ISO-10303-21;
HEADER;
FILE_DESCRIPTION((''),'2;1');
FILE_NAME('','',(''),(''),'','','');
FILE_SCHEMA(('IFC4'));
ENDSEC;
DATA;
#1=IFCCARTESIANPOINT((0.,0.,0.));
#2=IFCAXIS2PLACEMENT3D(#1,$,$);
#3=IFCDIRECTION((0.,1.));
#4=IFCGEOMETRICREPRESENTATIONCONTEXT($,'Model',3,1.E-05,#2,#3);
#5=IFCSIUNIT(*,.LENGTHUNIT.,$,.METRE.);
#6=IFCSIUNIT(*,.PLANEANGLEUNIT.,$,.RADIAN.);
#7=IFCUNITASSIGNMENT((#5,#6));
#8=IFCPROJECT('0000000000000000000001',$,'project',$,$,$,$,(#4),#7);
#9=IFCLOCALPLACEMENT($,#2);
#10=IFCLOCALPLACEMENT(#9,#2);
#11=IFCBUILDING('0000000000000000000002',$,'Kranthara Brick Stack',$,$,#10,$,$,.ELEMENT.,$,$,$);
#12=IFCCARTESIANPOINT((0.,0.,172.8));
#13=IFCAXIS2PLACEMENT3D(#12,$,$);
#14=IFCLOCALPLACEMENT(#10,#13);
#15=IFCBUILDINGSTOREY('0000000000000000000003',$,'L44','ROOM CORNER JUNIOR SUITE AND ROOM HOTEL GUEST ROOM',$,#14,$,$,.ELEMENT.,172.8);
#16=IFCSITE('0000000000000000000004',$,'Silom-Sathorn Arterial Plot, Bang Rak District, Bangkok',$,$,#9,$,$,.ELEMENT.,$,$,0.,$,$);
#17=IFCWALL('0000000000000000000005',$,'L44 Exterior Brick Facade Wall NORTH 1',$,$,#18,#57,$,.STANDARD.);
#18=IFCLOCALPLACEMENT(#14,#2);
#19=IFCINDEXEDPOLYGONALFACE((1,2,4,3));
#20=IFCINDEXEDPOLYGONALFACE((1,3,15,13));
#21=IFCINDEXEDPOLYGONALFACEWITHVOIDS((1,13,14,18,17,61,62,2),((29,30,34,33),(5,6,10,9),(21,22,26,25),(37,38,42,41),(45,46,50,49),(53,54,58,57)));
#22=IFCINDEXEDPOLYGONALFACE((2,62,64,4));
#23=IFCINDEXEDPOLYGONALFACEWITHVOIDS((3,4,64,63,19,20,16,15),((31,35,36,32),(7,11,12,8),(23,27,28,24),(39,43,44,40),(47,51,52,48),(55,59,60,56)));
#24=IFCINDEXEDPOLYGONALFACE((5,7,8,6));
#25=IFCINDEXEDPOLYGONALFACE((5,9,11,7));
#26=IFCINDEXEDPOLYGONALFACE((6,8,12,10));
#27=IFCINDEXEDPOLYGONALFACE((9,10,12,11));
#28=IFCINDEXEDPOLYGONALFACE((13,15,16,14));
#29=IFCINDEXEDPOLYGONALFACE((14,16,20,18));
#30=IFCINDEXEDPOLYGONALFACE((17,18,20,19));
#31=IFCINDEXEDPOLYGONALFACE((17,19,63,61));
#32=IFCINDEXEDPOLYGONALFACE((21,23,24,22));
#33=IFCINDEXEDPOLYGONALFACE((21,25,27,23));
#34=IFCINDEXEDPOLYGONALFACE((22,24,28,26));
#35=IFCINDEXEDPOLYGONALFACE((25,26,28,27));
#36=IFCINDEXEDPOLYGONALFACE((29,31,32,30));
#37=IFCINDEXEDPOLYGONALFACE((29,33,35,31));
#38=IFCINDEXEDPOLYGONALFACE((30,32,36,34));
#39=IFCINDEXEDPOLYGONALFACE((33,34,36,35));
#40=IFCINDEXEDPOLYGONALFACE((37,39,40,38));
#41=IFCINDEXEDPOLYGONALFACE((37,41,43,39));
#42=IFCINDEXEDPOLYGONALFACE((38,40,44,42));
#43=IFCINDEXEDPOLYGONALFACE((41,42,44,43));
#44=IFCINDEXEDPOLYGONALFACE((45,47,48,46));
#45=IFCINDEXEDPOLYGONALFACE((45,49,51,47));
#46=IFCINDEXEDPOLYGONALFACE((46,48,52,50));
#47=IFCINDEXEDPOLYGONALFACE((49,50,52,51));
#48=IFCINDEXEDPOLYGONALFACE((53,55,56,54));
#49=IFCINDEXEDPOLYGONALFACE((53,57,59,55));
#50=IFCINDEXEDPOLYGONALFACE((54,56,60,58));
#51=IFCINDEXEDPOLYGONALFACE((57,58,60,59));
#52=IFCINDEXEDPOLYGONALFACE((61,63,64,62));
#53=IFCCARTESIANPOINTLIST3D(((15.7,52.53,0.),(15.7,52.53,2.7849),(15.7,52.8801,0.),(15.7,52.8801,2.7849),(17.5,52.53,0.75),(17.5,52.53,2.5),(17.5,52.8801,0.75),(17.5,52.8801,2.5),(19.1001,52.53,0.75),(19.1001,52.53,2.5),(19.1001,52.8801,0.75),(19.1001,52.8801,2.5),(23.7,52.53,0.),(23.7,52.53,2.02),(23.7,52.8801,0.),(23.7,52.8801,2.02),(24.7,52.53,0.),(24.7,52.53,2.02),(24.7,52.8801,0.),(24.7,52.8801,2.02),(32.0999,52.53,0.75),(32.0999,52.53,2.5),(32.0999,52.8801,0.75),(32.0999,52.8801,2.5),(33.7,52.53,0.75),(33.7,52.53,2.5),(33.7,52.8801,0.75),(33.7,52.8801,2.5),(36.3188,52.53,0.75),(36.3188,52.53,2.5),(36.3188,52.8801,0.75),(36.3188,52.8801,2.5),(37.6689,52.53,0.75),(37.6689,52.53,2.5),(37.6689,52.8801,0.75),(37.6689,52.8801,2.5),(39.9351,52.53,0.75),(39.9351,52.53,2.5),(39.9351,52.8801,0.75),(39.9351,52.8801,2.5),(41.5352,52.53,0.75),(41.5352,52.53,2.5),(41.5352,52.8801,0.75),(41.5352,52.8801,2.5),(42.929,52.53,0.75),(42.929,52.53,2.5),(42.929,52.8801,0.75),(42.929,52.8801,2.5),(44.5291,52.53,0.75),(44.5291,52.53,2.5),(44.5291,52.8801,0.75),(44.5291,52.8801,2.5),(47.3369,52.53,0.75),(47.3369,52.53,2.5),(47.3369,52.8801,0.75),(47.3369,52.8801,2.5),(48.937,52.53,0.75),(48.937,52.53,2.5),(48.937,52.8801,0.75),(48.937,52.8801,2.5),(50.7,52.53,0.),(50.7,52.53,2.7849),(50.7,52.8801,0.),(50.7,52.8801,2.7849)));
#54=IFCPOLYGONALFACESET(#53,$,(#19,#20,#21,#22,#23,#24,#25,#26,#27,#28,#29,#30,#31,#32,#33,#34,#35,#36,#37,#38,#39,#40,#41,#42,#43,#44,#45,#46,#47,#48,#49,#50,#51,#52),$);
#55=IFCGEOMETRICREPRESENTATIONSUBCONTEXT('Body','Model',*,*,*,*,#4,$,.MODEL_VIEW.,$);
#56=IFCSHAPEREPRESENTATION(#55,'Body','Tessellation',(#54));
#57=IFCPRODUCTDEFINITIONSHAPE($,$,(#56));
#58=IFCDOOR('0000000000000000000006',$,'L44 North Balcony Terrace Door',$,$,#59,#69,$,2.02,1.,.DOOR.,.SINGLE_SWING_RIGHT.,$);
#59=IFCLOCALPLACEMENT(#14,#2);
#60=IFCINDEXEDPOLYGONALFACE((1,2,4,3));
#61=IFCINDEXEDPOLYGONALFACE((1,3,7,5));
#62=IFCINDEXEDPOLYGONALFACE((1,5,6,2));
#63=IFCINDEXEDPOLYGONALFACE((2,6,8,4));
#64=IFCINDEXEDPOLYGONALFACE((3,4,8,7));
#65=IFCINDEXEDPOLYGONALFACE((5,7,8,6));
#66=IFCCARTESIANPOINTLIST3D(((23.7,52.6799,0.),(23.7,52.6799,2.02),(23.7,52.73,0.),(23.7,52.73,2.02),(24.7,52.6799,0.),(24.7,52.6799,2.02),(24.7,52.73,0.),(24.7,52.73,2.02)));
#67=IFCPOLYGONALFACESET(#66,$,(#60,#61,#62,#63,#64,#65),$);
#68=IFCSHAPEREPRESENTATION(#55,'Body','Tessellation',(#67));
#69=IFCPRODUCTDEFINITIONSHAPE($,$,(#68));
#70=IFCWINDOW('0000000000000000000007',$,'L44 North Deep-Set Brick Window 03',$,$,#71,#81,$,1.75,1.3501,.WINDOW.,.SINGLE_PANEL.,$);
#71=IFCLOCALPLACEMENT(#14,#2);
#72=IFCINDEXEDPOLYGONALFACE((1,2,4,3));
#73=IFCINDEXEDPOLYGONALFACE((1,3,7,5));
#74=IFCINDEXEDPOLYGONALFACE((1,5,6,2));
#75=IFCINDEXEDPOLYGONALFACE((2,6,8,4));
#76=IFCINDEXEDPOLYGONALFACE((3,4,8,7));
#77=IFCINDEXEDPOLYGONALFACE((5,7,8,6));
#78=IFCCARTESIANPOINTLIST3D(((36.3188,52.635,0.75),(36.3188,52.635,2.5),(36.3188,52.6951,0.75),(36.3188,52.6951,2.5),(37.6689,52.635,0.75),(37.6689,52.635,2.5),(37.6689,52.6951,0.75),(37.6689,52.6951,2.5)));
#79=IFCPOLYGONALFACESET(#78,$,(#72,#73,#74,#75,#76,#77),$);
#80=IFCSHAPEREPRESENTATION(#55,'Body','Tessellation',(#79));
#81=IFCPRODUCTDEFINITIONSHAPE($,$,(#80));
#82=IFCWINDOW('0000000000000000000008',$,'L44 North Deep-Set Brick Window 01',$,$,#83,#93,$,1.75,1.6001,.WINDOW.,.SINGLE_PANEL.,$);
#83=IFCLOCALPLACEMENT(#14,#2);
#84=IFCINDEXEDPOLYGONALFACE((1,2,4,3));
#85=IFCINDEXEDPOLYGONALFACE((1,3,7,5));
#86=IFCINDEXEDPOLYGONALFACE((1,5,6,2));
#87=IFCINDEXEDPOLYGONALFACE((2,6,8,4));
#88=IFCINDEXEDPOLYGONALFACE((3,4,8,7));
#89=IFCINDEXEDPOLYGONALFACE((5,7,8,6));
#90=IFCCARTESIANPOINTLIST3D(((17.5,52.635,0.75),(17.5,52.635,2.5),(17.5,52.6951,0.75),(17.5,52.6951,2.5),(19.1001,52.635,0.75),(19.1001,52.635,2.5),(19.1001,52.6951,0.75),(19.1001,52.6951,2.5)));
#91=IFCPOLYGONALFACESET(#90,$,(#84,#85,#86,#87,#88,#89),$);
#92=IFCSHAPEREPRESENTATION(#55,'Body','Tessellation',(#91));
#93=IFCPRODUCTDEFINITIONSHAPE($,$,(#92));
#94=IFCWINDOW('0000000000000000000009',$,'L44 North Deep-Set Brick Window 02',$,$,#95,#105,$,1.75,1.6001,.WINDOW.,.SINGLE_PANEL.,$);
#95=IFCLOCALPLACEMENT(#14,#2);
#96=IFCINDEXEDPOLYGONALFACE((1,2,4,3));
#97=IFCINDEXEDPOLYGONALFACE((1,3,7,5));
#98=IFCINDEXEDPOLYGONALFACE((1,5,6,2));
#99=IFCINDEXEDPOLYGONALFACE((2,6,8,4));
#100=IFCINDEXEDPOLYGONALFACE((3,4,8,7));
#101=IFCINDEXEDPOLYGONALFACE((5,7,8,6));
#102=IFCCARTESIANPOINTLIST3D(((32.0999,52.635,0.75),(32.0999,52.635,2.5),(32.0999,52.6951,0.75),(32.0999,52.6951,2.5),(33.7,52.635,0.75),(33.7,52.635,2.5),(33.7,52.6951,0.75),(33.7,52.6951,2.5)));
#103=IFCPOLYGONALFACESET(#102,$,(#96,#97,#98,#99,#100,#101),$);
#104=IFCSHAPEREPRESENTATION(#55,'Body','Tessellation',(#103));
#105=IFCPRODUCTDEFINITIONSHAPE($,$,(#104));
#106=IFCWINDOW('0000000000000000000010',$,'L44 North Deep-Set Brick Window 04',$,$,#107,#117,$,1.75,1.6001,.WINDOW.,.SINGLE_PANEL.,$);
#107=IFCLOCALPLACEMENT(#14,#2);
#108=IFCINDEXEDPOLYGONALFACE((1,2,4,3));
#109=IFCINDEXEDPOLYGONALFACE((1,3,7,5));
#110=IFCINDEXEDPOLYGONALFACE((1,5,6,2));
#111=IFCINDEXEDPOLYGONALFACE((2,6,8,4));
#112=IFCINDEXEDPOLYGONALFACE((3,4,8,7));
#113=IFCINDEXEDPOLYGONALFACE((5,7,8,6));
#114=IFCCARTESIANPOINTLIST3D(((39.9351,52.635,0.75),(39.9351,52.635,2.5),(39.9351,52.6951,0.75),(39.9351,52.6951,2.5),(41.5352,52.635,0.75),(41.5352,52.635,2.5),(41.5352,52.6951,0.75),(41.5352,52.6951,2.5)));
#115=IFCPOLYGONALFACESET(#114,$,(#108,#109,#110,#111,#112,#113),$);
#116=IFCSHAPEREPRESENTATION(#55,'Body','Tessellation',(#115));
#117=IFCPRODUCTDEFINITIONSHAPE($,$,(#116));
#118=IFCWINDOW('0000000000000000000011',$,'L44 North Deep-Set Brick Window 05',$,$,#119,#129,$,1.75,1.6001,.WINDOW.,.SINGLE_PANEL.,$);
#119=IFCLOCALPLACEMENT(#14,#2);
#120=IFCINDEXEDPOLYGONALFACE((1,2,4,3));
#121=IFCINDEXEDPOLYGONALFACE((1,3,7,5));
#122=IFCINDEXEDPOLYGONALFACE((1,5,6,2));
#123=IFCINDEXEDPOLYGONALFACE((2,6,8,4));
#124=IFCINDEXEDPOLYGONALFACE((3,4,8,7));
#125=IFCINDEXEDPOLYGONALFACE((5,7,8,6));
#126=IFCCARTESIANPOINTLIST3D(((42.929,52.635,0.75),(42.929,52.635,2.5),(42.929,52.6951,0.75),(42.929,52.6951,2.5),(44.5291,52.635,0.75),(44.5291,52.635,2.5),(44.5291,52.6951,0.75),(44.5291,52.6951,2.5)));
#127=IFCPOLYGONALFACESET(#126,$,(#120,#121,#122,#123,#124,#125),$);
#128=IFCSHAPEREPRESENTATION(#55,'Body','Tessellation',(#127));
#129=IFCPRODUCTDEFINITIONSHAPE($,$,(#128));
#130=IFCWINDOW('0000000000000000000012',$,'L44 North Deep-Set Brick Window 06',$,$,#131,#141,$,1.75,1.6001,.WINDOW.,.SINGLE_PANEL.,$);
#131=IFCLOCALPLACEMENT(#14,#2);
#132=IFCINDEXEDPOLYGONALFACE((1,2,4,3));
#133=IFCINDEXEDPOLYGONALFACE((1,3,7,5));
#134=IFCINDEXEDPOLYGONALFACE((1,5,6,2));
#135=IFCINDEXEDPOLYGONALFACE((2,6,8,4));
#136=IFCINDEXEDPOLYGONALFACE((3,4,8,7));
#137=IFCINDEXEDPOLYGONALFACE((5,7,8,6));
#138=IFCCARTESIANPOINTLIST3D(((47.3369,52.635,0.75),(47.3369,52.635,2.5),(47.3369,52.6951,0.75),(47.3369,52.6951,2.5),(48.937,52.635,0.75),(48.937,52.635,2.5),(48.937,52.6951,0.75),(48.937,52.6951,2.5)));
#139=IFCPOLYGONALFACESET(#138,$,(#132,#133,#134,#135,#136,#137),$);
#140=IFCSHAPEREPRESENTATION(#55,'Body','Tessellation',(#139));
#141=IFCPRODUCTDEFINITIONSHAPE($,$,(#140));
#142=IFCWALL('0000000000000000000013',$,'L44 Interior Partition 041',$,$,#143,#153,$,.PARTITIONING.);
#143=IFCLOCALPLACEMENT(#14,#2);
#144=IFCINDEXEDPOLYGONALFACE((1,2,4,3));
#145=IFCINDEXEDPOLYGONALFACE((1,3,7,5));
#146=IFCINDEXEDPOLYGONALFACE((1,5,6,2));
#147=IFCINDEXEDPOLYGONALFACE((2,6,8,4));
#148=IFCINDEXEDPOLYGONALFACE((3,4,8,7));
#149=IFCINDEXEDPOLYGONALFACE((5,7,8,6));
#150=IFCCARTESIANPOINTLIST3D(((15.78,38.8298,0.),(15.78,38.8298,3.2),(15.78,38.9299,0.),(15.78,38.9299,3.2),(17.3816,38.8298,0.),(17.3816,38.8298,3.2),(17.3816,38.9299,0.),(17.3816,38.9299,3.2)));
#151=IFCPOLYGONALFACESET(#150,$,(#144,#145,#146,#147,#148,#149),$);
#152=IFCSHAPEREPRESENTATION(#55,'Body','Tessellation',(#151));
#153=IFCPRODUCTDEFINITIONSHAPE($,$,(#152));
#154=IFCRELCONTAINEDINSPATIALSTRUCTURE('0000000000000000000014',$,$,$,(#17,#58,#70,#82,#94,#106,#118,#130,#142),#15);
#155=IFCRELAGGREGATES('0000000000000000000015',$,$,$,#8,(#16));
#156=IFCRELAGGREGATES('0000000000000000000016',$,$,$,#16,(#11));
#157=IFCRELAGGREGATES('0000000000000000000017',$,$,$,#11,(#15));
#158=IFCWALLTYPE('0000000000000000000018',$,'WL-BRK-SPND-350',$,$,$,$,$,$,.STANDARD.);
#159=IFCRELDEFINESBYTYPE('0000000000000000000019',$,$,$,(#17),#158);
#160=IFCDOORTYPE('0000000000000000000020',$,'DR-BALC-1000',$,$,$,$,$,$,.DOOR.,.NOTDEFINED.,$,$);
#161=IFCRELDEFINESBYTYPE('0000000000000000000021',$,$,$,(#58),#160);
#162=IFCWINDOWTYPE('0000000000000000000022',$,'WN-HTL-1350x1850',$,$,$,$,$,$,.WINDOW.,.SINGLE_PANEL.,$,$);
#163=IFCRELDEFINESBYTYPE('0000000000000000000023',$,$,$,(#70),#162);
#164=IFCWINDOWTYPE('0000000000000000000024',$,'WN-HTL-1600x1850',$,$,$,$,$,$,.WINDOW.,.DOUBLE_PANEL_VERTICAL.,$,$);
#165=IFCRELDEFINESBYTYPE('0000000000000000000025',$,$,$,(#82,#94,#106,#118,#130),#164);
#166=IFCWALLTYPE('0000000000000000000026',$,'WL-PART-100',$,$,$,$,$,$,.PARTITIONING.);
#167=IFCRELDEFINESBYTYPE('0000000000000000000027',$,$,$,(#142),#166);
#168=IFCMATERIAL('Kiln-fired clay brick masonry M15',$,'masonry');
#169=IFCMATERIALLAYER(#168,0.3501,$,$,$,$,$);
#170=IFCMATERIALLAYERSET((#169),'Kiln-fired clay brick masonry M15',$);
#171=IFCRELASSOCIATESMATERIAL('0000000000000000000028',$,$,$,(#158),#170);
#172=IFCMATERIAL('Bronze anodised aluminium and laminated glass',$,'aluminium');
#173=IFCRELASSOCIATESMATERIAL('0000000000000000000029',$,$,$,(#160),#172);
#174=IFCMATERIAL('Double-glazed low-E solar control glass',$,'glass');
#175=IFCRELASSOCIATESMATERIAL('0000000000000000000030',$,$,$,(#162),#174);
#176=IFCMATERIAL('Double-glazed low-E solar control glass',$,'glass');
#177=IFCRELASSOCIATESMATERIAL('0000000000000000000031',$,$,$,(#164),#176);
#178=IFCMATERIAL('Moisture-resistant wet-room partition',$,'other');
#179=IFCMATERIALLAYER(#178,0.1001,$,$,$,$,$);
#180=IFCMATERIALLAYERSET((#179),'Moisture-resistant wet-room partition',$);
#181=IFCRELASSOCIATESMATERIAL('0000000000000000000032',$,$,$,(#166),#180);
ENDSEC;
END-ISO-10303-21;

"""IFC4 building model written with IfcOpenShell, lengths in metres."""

from ifc_helpers import new_model, si_unit, direction, frame, frame_2d, origin, place, context, subcontext, project, spatial, rectangle, extrude, material, layer, layer_set, type_object, element, fill, save


model = new_model("IFC4")

# Units and contexts
model_context = context("Model", 3, precision=1e-05, world=origin(), true_north=direction((0.0, 1.0)))
body_context = subcontext(model_context, "Body", "Model", "MODEL_VIEW")
ifc_project = project(units=[si_unit("LENGTHUNIT", "METRE"), si_unit("PLANEANGLEUNIT", "RADIAN")], contexts=[model_context])

# Site, building, storey
site_placement = place(None, origin())
site = spatial("IfcSite", under=ifc_project, at=site_placement, Name="Silom-Sathorn Arterial Plot, Bang Rak District, Bangkok", CompositionType="ELEMENT", RefElevation=0.0)
building_placement = place(site_placement, origin())
building = spatial("IfcBuilding", under=site, at=building_placement, Name="Kranthara Brick Stack", CompositionType="ELEMENT")
storey_placement = place(building_placement, frame((0.0, 0.0, 172.8)))
storey = spatial("IfcBuildingStorey", under=building, at=storey_placement, Name="L44", Description="ROOM CORNER JUNIOR SUITE AND ROOM HOTEL GUEST ROOM", CompositionType="ELEMENT", Elevation=172.8)

# Shared definitions
ifc_material_1 = material(Name="Kiln-fired clay brick masonry M15", Category="masonry")
ifc_layer_1 = layer(ifc_material_1, 0.3501)
ifc_layer_set_1 = layer_set([ifc_layer_1], Name="Kiln-fired clay brick masonry M15")
wall_type_1 = type_object("IfcWallType", Name="WL-BRK-SPND-350", PredefinedType="STANDARD", material=ifc_layer_set_1)

# Wall, openings, door, windows
wall_1_placement = place(storey_placement, frame((15.7, 52.7051, 0.0), z_axis=(0.0, 0.0, 1.0), x_axis=(1.0, 0.0, 0.0)))
wall_1 = element("IfcWall", 1, at=wall_1_placement, inside=storey, type_object=wall_type_1, Name="L44 Exterior Brick Facade Wall NORTH 1", PredefinedType="STANDARD", context=body_context, shape_type="SweptSolid", body=[
    extrude(rectangle(XDim=35.0, YDim=0.3501, at=frame_2d((17.5, 0.0))), origin(), (0.0, 0.0, 1.0), 2.7849),
])
opening_1_placement = place(wall_1_placement, frame((8.0, 0.0, 0.0)))
opening_1 = element("IfcOpeningElement", 2, at=opening_1_placement, cuts=wall_1, PredefinedType="OPENING", context=body_context, shape_type="SweptSolid", body=[
    extrude(rectangle(XDim=1.0, YDim=2.02, at=frame_2d((0.5, 1.01))), frame((0.0, 0.1851, 0.0), z_axis=(0.0, -1.0, 0.0), x_axis=(1.0, 0.0, 0.0)), (0.0, 0.0, 1.0), 0.3701),
])
opening_2_placement = place(wall_1_placement, frame((1.8, 0.0, 0.75)))
opening_2 = element("IfcOpeningElement", 3, at=opening_2_placement, cuts=wall_1, PredefinedType="OPENING", context=body_context, shape_type="SweptSolid", body=[
    extrude(rectangle(XDim=1.6001, YDim=1.75, at=frame_2d((0.8, 0.875))), frame((0.0, 0.1851, 0.0), z_axis=(0.0, -1.0, 0.0), x_axis=(1.0, 0.0, 0.0)), (0.0, 0.0, 1.0), 0.3701),
])
opening_3_placement = place(wall_1_placement, frame((16.3999, 0.0, 0.75)))
opening_3 = element("IfcOpeningElement", 4, at=opening_3_placement, cuts=wall_1, PredefinedType="OPENING", context=body_context, shape_type="SweptSolid", body=[
    extrude(rectangle(XDim=1.6001, YDim=1.75, at=frame_2d((0.8, 0.875))), frame((0.0, 0.1851, 0.0), z_axis=(0.0, -1.0, 0.0), x_axis=(1.0, 0.0, 0.0)), (0.0, 0.0, 1.0), 0.3701),
])
opening_4_placement = place(wall_1_placement, frame((20.6189, 0.0, 0.75)))
opening_4 = element("IfcOpeningElement", 5, at=opening_4_placement, cuts=wall_1, PredefinedType="OPENING", context=body_context, shape_type="SweptSolid", body=[
    extrude(rectangle(XDim=1.3501, YDim=1.75, at=frame_2d((0.675, 0.875))), frame((0.0, 0.1851, 0.0), z_axis=(0.0, -1.0, 0.0), x_axis=(1.0, 0.0, 0.0)), (0.0, 0.0, 1.0), 0.3701),
])
opening_5_placement = place(wall_1_placement, frame((24.2351, 0.0, 0.75)))
opening_5 = element("IfcOpeningElement", 6, at=opening_5_placement, cuts=wall_1, PredefinedType="OPENING", context=body_context, shape_type="SweptSolid", body=[
    extrude(rectangle(XDim=1.6001, YDim=1.75, at=frame_2d((0.8, 0.875))), frame((0.0, 0.1851, 0.0), z_axis=(0.0, -1.0, 0.0), x_axis=(1.0, 0.0, 0.0)), (0.0, 0.0, 1.0), 0.3701),
])
opening_6_placement = place(wall_1_placement, frame((27.229, 0.0, 0.75)))
opening_6 = element("IfcOpeningElement", 7, at=opening_6_placement, cuts=wall_1, PredefinedType="OPENING", context=body_context, shape_type="SweptSolid", body=[
    extrude(rectangle(XDim=1.6001, YDim=1.75, at=frame_2d((0.8, 0.875))), frame((0.0, 0.1851, 0.0), z_axis=(0.0, -1.0, 0.0), x_axis=(1.0, 0.0, 0.0)), (0.0, 0.0, 1.0), 0.3701),
])
opening_7_placement = place(wall_1_placement, frame((31.637, 0.0, 0.75)))
opening_7 = element("IfcOpeningElement", 8, at=opening_7_placement, cuts=wall_1, PredefinedType="OPENING", context=body_context, shape_type="SweptSolid", body=[
    extrude(rectangle(XDim=1.6001, YDim=1.75, at=frame_2d((0.8, 0.875))), frame((0.0, 0.1851, 0.0), z_axis=(0.0, -1.0, 0.0), x_axis=(1.0, 0.0, 0.0)), (0.0, 0.0, 1.0), 0.3701),
])
ifc_material_2 = material(Name="Bronze anodised aluminium and laminated glass", Category="aluminium")
door_type_1 = type_object("IfcDoorType", Name="DR-BALC-1000", OperationType="NOTDEFINED", PredefinedType="DOOR", material=ifc_material_2)
door_1_placement = place(opening_1_placement, origin())
door_1 = element("IfcDoor", 9, at=door_1_placement, inside=storey, type_object=door_type_1, Name="L44 North Balcony Terrace Door", OperationType="SINGLE_SWING_RIGHT", OverallHeight=2.02, OverallWidth=1.0, PredefinedType="DOOR", context=body_context, shape_type="SweptSolid", body=[
    extrude(rectangle(XDim=1.0, YDim=2.02, at=frame_2d((0.5, 1.01))), frame((0.0, 0.0249, 0.0), z_axis=(0.0, -1.0, 0.0), x_axis=(1.0, 0.0, 0.0)), (0.0, 0.0, 1.0), 0.05),
])
fill(opening_1, door_1)
ifc_material_3 = material(Name="Double-glazed low-E solar control glass", Category="glass")
window_type_1 = type_object("IfcWindowType", Name="WN-HTL-1350x1850", PartitioningType="SINGLE_PANEL", PredefinedType="WINDOW", material=ifc_material_3)
window_1_placement = place(opening_4_placement, origin())
window_1 = element("IfcWindow", 10, at=window_1_placement, inside=storey, type_object=window_type_1, Name="L44 North Deep-Set Brick Window 03", OverallHeight=1.75, OverallWidth=1.3501, PartitioningType="SINGLE_PANEL", PredefinedType="WINDOW", context=body_context, shape_type="SweptSolid", body=[
    extrude(rectangle(XDim=1.3501, YDim=1.75, at=frame_2d((0.675, 0.875))), frame((0.0, -0.01, 0.0), z_axis=(0.0, -1.0, 0.0), x_axis=(1.0, 0.0, 0.0)), (0.0, 0.0, 1.0), 0.0601),
])
fill(opening_4, window_1)
ifc_material_4 = material(Name="Double-glazed low-E solar control glass", Category="glass")
window_type_2 = type_object("IfcWindowType", Name="WN-HTL-1600x1850", PartitioningType="DOUBLE_PANEL_VERTICAL", PredefinedType="WINDOW", material=ifc_material_4)
window_2_placement = place(opening_2_placement, origin())
window_2 = element("IfcWindow", 11, at=window_2_placement, inside=storey, type_object=window_type_2, Name="L44 North Deep-Set Brick Window 01", OverallHeight=1.75, OverallWidth=1.6001, PartitioningType="SINGLE_PANEL", PredefinedType="WINDOW", context=body_context, shape_type="SweptSolid", body=[
    extrude(rectangle(XDim=1.6001, YDim=1.75, at=frame_2d((0.8, 0.875))), frame((0.0, -0.01, 0.0), z_axis=(0.0, -1.0, 0.0), x_axis=(1.0, 0.0, 0.0)), (0.0, 0.0, 1.0), 0.0601),
])
fill(opening_2, window_2)
window_3_placement = place(opening_3_placement, origin())
window_3 = element("IfcWindow", 12, at=window_3_placement, inside=storey, type_object=window_type_2, Name="L44 North Deep-Set Brick Window 02", OverallHeight=1.75, OverallWidth=1.6001, PartitioningType="SINGLE_PANEL", PredefinedType="WINDOW", context=body_context, shape_type="SweptSolid", body=[
    extrude(rectangle(XDim=1.6001, YDim=1.75, at=frame_2d((0.8, 0.875))), frame((0.0, -0.01, 0.0), z_axis=(0.0, -1.0, 0.0), x_axis=(1.0, 0.0, 0.0)), (0.0, 0.0, 1.0), 0.0601),
])
fill(opening_3, window_3)
window_4_placement = place(opening_5_placement, origin())
window_4 = element("IfcWindow", 13, at=window_4_placement, inside=storey, type_object=window_type_2, Name="L44 North Deep-Set Brick Window 04", OverallHeight=1.75, OverallWidth=1.6001, PartitioningType="SINGLE_PANEL", PredefinedType="WINDOW", context=body_context, shape_type="SweptSolid", body=[
    extrude(rectangle(XDim=1.6001, YDim=1.75, at=frame_2d((0.8, 0.875))), frame((0.0, -0.01, 0.0), z_axis=(0.0, -1.0, 0.0), x_axis=(1.0, 0.0, 0.0)), (0.0, 0.0, 1.0), 0.0601),
])
fill(opening_5, window_4)
window_5_placement = place(opening_6_placement, origin())
window_5 = element("IfcWindow", 14, at=window_5_placement, inside=storey, type_object=window_type_2, Name="L44 North Deep-Set Brick Window 05", OverallHeight=1.75, OverallWidth=1.6001, PartitioningType="SINGLE_PANEL", PredefinedType="WINDOW", context=body_context, shape_type="SweptSolid", body=[
    extrude(rectangle(XDim=1.6001, YDim=1.75, at=frame_2d((0.8, 0.875))), frame((0.0, -0.01, 0.0), z_axis=(0.0, -1.0, 0.0), x_axis=(1.0, 0.0, 0.0)), (0.0, 0.0, 1.0), 0.0601),
])
fill(opening_6, window_5)
window_6_placement = place(opening_7_placement, origin())
window_6 = element("IfcWindow", 15, at=window_6_placement, inside=storey, type_object=window_type_2, Name="L44 North Deep-Set Brick Window 06", OverallHeight=1.75, OverallWidth=1.6001, PartitioningType="SINGLE_PANEL", PredefinedType="WINDOW", context=body_context, shape_type="SweptSolid", body=[
    extrude(rectangle(XDim=1.6001, YDim=1.75, at=frame_2d((0.8, 0.875))), frame((0.0, -0.01, 0.0), z_axis=(0.0, -1.0, 0.0), x_axis=(1.0, 0.0, 0.0)), (0.0, 0.0, 1.0), 0.0601),
])
fill(opening_7, window_6)

# Wall
ifc_material_5 = material(Name="Moisture-resistant wet-room partition", Category="other")
ifc_layer_2 = layer(ifc_material_5, 0.1001)
ifc_layer_set_2 = layer_set([ifc_layer_2], Name="Moisture-resistant wet-room partition")
wall_type_2 = type_object("IfcWallType", Name="WL-PART-100", PredefinedType="PARTITIONING", material=ifc_layer_set_2)
wall_2_placement = place(storey_placement, frame((15.78, 38.8799, 0.0), z_axis=(0.0, 0.0, 1.0), x_axis=(1.0, 0.0, 0.0)))
element("IfcWall", 16, at=wall_2_placement, inside=storey, type_object=wall_type_2, Name="L44 Interior Partition 041", PredefinedType="PARTITIONING", context=body_context, shape_type="SweptSolid", body=[
    extrude(rectangle(XDim=1.6016, YDim=0.1001, at=frame_2d((0.8008, 0.0))), origin(), (0.0, 0.0, 1.0), 3.2),
])

save(model, "model.ifc")
